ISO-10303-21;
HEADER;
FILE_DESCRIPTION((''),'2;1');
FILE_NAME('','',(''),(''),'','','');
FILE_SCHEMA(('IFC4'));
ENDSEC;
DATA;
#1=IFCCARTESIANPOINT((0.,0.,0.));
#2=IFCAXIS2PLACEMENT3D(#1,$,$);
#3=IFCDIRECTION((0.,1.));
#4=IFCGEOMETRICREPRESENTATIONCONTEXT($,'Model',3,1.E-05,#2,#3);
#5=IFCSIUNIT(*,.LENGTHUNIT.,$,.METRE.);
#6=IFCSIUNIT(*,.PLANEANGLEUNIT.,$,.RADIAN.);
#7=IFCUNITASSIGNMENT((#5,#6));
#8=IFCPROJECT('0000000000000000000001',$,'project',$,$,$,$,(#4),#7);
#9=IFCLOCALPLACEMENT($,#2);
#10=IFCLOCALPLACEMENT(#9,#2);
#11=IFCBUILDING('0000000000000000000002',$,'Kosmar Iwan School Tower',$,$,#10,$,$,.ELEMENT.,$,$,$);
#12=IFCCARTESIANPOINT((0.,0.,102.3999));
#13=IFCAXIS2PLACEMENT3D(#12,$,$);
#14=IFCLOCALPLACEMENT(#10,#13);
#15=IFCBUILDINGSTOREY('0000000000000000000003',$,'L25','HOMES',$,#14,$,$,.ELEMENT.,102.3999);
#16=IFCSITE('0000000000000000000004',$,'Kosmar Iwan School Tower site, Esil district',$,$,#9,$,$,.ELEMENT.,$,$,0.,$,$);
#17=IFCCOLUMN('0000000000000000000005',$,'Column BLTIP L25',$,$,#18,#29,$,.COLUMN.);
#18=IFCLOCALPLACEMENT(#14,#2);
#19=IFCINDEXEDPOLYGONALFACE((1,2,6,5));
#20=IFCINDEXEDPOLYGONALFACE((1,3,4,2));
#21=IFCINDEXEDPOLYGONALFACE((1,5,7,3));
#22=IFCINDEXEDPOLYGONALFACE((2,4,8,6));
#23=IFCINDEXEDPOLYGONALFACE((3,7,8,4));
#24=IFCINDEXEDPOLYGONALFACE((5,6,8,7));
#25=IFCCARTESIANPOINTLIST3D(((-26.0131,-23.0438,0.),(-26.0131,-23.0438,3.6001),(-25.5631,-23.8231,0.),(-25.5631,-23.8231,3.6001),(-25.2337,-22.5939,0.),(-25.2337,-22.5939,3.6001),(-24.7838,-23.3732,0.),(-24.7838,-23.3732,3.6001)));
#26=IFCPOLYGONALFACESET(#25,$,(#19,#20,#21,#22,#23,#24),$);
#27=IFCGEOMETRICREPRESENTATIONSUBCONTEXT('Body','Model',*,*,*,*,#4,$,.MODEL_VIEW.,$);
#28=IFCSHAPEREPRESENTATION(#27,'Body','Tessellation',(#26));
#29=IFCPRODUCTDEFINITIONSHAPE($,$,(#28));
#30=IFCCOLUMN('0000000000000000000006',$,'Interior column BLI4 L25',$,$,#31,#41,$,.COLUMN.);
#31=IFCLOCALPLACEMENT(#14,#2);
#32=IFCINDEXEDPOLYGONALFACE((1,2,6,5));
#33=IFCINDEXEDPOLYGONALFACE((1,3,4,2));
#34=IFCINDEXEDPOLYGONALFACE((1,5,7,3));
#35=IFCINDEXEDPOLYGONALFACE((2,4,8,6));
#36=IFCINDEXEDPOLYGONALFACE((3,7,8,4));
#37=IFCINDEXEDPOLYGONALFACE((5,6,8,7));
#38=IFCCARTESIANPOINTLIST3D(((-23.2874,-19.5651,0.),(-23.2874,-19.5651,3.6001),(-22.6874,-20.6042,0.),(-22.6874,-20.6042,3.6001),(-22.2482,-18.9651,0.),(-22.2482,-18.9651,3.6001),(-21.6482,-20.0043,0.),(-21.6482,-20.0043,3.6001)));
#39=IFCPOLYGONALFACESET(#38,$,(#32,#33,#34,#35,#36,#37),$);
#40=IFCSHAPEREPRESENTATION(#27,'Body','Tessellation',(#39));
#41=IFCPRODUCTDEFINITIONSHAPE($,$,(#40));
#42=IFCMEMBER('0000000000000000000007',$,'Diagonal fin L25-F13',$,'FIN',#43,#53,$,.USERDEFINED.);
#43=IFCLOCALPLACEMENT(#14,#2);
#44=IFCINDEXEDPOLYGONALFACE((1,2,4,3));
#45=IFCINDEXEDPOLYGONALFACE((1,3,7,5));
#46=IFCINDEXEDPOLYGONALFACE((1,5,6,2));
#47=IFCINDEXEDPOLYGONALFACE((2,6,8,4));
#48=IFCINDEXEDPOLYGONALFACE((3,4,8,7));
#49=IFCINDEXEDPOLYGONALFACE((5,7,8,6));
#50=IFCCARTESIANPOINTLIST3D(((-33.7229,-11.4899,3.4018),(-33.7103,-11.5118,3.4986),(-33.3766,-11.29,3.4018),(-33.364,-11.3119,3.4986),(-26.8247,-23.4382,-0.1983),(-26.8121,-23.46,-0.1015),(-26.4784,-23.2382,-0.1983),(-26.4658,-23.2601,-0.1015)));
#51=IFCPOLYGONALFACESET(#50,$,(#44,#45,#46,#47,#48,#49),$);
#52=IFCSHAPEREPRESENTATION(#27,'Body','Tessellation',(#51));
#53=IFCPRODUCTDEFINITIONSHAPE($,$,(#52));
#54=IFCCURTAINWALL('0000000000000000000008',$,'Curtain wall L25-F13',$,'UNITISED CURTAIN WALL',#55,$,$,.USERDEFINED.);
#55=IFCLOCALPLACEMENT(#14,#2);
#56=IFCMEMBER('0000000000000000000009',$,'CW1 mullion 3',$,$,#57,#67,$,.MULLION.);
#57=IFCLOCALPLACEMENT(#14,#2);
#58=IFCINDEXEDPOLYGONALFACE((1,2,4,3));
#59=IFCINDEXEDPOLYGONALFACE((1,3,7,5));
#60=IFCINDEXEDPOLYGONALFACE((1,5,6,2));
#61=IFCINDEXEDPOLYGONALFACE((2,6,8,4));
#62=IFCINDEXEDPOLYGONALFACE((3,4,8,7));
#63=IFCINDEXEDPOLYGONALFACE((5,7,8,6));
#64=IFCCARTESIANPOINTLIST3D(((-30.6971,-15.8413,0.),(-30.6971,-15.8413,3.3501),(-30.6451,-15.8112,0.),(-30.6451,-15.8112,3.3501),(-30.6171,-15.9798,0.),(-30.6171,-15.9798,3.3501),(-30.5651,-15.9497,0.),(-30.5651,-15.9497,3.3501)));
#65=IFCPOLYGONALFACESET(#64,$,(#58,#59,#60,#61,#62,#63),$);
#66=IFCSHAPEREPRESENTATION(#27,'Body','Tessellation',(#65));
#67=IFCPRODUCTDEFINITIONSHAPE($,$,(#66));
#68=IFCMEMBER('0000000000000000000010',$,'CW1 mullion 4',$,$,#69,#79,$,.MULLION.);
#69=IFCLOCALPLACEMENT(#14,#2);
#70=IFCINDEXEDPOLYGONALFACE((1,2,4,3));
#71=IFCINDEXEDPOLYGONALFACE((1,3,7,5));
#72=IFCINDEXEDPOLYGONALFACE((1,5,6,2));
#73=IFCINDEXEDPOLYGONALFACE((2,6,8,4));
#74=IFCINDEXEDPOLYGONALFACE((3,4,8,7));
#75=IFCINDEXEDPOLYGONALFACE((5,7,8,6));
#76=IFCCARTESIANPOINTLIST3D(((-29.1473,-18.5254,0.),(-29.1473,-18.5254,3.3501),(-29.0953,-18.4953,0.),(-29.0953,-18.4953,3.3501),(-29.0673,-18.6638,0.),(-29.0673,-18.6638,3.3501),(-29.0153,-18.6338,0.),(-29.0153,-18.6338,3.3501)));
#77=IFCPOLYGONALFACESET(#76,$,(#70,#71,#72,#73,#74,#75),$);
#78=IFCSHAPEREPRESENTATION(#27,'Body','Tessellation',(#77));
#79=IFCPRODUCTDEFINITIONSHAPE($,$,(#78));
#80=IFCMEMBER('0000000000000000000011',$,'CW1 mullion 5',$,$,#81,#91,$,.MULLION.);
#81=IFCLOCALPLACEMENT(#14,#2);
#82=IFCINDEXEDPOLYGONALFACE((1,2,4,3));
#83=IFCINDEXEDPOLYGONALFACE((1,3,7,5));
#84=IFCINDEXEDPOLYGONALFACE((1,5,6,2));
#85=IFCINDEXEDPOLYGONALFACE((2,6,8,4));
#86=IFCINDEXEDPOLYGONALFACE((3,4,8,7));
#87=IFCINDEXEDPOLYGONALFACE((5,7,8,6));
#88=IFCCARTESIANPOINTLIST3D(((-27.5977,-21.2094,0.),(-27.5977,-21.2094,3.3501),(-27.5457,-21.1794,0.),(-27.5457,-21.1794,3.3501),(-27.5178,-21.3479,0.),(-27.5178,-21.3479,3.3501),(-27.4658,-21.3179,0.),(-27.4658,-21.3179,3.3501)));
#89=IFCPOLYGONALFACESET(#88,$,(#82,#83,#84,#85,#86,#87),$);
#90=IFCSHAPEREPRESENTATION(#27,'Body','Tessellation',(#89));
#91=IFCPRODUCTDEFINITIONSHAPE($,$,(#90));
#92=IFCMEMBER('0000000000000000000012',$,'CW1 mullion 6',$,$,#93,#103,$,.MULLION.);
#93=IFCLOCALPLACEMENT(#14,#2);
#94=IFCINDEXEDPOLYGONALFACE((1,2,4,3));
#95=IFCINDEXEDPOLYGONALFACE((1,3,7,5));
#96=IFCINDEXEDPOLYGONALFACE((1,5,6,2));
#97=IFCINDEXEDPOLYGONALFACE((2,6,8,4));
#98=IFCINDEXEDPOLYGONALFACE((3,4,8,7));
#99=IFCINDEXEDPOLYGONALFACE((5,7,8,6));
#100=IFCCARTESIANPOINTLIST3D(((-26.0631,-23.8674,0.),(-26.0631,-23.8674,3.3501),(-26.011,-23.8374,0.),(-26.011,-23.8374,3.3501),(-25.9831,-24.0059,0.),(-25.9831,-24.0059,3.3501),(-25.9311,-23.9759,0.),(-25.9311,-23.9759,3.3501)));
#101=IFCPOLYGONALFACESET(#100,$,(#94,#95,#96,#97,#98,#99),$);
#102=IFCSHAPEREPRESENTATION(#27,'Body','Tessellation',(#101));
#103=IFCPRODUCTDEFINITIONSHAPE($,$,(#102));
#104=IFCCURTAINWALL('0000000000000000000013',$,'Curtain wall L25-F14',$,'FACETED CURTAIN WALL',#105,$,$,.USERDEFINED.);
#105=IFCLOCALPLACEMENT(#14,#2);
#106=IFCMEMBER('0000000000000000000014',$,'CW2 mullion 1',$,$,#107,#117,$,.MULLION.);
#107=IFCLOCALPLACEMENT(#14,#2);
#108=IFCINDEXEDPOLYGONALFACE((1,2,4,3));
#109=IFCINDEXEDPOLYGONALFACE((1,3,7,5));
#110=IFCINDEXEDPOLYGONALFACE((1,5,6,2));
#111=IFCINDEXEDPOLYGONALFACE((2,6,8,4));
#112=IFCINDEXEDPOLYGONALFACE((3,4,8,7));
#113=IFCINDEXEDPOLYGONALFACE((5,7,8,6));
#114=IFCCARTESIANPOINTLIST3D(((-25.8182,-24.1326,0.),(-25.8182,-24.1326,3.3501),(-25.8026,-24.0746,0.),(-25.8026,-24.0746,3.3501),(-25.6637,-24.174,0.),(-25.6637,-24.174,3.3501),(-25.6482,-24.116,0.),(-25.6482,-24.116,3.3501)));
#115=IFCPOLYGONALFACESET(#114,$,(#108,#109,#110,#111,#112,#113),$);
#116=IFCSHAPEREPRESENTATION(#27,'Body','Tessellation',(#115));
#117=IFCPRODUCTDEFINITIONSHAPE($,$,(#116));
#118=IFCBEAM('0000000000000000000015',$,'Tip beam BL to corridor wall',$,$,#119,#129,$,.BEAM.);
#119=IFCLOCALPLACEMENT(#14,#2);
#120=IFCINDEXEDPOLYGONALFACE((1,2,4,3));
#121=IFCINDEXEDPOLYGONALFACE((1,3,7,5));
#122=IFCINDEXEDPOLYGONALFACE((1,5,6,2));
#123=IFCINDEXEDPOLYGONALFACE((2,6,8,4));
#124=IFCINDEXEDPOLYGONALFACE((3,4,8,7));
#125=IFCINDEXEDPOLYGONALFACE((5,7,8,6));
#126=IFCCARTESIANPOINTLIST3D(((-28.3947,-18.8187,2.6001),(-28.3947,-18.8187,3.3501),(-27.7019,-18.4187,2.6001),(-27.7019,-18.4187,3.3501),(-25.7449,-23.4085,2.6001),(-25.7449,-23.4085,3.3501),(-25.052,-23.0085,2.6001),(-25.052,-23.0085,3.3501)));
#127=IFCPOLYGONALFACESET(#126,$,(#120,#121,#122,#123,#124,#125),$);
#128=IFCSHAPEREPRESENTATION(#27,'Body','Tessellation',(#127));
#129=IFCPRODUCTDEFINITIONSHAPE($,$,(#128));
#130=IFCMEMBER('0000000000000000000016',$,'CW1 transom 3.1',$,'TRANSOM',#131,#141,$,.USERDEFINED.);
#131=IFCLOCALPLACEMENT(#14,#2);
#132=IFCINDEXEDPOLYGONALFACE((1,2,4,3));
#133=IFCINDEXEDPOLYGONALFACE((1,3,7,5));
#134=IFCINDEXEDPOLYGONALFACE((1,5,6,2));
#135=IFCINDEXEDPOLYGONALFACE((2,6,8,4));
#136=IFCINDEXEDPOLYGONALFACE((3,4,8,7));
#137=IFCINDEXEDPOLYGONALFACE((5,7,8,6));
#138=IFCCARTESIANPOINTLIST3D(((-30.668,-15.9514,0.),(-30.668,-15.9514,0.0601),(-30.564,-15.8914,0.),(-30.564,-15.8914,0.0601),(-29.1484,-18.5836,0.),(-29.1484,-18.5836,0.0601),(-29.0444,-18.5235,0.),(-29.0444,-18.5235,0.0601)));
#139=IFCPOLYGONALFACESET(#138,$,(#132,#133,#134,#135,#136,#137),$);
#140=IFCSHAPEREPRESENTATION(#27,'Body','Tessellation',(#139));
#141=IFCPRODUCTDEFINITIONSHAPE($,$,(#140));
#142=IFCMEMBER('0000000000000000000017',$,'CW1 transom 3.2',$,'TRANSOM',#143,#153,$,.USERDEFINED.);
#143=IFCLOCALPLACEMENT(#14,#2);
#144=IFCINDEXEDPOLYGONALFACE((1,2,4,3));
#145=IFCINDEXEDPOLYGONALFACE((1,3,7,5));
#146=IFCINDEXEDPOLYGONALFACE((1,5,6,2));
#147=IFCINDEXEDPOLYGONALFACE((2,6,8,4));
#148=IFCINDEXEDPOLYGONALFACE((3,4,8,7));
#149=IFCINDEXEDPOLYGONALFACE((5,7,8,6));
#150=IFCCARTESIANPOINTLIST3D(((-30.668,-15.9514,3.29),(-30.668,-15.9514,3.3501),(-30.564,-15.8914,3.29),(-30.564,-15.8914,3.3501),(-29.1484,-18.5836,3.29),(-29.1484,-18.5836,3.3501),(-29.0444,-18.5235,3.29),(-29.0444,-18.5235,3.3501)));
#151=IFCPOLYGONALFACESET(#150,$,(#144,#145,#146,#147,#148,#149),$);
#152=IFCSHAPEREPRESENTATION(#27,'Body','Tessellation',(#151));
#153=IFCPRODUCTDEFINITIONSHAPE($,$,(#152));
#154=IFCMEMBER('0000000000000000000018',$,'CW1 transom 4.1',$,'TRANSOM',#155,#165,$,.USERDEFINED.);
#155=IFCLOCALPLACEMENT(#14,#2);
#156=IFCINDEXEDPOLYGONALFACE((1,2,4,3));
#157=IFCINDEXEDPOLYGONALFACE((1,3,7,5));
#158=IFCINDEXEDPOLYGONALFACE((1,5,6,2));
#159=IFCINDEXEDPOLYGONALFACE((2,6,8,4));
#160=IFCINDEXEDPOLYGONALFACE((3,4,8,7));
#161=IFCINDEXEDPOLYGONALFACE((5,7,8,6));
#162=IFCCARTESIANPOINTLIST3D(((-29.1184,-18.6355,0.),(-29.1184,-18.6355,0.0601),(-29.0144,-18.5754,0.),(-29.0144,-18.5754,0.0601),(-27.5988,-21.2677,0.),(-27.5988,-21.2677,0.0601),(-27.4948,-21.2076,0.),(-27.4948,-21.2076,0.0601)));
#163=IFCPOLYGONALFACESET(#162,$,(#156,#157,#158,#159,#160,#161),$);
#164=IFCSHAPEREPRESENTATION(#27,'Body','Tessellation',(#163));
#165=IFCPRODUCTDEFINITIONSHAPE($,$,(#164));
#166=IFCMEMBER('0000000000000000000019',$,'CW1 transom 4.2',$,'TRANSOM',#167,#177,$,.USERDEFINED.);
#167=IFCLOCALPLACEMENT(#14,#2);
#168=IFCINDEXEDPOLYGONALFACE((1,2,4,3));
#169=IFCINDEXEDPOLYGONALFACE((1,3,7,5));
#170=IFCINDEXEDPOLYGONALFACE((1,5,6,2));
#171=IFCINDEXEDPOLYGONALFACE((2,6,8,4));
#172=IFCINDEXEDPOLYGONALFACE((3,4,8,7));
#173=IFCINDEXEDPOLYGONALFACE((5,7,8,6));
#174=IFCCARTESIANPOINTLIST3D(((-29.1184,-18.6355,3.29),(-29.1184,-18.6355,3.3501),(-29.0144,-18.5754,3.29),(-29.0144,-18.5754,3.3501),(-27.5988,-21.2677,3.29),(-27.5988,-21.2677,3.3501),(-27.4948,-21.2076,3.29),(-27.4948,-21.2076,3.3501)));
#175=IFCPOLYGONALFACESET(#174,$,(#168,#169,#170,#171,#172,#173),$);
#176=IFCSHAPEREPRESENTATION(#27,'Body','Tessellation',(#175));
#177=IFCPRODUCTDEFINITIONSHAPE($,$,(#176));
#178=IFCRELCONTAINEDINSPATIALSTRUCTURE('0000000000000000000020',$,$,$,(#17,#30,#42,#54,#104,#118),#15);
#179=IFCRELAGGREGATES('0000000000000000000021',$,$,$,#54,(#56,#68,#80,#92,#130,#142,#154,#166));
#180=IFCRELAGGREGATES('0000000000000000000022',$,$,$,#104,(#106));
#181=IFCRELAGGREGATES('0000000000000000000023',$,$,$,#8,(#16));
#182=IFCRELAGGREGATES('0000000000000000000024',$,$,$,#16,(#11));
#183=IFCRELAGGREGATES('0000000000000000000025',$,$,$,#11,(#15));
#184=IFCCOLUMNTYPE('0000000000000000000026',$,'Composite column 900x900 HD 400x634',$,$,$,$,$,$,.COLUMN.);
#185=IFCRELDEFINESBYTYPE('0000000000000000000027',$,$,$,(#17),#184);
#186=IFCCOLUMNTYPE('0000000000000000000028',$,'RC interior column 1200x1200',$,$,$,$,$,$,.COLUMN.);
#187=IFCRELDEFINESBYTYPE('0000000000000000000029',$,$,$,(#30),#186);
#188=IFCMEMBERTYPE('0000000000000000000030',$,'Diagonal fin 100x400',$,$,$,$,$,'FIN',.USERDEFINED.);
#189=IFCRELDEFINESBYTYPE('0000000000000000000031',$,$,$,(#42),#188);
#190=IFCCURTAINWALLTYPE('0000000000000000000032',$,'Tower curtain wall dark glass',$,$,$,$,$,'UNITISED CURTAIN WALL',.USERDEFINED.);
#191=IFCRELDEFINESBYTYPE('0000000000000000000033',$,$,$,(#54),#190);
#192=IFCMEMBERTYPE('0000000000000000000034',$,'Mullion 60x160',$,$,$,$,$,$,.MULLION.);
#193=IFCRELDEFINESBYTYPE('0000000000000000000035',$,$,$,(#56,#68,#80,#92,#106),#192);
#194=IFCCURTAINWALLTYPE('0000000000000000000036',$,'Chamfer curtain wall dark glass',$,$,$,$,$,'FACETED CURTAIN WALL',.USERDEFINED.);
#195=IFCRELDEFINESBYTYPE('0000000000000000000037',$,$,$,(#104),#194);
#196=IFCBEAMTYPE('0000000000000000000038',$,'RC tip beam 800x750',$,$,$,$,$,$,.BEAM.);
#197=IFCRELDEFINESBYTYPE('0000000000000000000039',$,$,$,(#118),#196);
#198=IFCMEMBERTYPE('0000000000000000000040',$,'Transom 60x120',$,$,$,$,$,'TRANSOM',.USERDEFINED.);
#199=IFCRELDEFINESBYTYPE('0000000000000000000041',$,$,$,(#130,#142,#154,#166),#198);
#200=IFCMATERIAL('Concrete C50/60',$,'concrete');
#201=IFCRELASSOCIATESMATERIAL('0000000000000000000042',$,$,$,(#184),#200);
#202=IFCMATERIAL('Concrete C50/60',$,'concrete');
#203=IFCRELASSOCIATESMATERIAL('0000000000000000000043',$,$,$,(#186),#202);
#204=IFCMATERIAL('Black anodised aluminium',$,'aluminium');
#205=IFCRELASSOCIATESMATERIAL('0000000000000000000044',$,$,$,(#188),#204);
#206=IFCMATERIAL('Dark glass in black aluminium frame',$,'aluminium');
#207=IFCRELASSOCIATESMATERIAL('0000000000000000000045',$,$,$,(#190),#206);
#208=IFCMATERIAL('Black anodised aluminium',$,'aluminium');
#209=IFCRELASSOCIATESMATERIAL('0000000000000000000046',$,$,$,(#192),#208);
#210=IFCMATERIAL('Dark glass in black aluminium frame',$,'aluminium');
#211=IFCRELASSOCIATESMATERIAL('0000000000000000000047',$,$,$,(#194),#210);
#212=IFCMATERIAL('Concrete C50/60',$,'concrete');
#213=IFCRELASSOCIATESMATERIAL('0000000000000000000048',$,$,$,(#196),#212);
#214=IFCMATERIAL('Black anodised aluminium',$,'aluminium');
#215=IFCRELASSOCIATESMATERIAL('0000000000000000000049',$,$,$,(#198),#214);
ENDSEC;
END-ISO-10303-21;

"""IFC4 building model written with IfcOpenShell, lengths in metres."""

from ifc_helpers import new_model, si_unit, direction, frame, origin, origin_2d, place, context, subcontext, project, spatial, rectangle, extrude, material, material_profile, profile_set, type_object, element, aggregate, save


model = new_model("IFC4")

# Units and contexts
model_context = context("Model", 3, precision=1e-05, world=origin(), true_north=direction((0.0, 1.0)))
body_context = subcontext(model_context, "Body", "Model", "MODEL_VIEW")
ifc_project = project(units=[si_unit("LENGTHUNIT", "METRE"), si_unit("PLANEANGLEUNIT", "RADIAN")], contexts=[model_context])

# Site, building, storey
site_placement = place(None, origin())
site = spatial("IfcSite", under=ifc_project, at=site_placement, Name="Kosmar Iwan School Tower site, Esil district", CompositionType="ELEMENT", RefElevation=0.0)
building_placement = place(site_placement, origin())
building = spatial("IfcBuilding", under=site, at=building_placement, Name="Kosmar Iwan School Tower", CompositionType="ELEMENT")
storey_placement = place(building_placement, frame((0.0, 0.0, 102.3999)))
storey = spatial("IfcBuildingStorey", under=building, at=storey_placement, Name="L25", Description="HOMES", CompositionType="ELEMENT", Elevation=102.3999)

# Columns
ifc_material_1 = material(Name="Concrete C50/60", Category="concrete")
ifc_material_profile_1 = material_profile(ifc_material_1, rectangle(XDim=0.8999, YDim=0.8999, at=origin_2d()), Name="RC 900x900 + HD 400x634")
ifc_profile_set_1 = profile_set([ifc_material_profile_1], Name="Concrete C50/60")
column_type_1 = type_object("IfcColumnType", Name="Composite column 900x900 HD 400x634", PredefinedType="COLUMN", material=ifc_profile_set_1)
column_1_placement = place(storey_placement, frame((-25.3984, -23.2085, 0.0), z_axis=(0.0, 0.0, 1.0), x_axis=(-0.866025, -0.5, 0.0)))
element("IfcColumn", 1, at=column_1_placement, inside=storey, type_object=column_type_1, Name="Column BLTIP L25", PredefinedType="COLUMN", context=body_context, shape_type="SweptSolid", body=[
    extrude(rectangle(XDim=0.8999, YDim=0.8999, at=origin_2d()), origin(), (0.0, 0.0, 1.0), 3.6001),
])
ifc_material_2 = material(Name="Concrete C50/60", Category="concrete")
ifc_material_profile_2 = material_profile(ifc_material_2, rectangle(XDim=1.2, YDim=1.2, at=origin_2d()), Name="RC 1200x1200")
ifc_profile_set_2 = profile_set([ifc_material_profile_2], Name="Concrete C50/60")
column_type_2 = type_object("IfcColumnType", Name="RC interior column 1200x1200", PredefinedType="COLUMN", material=ifc_profile_set_2)
column_2_placement = place(storey_placement, frame((-22.4678, -19.7847, 0.0), z_axis=(0.0, 0.0, 1.0), x_axis=(-0.866025, -0.5, 0.0)))
element("IfcColumn", 2, at=column_2_placement, inside=storey, type_object=column_type_2, Name="Interior column BLI4 L25", PredefinedType="COLUMN", context=body_context, shape_type="SweptSolid", body=[
    extrude(rectangle(XDim=1.2, YDim=1.2, at=origin_2d()), origin(), (0.0, 0.0, 1.0), 3.6001),
])

# Member
ifc_material_3 = material(Name="Black anodised aluminium", Category="aluminium")
ifc_material_profile_3 = material_profile(ifc_material_3, rectangle(XDim=0.1001, YDim=0.3999, at=origin_2d()), Name="FIN 100x400")
ifc_profile_set_3 = profile_set([ifc_material_profile_3], Name="Black anodised aluminium")
member_type_1 = type_object("IfcMemberType", Name="Diagonal fin 100x400", ElementType="FIN", PredefinedType="USERDEFINED", material=ifc_profile_set_3)
member_1_placement = place(storey_placement, frame((-26.6453, -23.3491, -0.1499), z_axis=(-0.483793, 0.83797, 0.252487), x_axis=(0.126242, -0.218661, 0.9676)))
element("IfcMember", 3, at=member_1_placement, inside=storey, type_object=member_type_1, Name="Diagonal fin L25-F13", ObjectType="FIN", PredefinedType="USERDEFINED", context=body_context, shape_type="SweptSolid", body=[
    extrude(rectangle(XDim=0.1001, YDim=0.3999, at=origin_2d()), origin(), (0.0, 0.0, 1.0), 14.2585),
])

# Curtain wall, members
ifc_material_4 = material(Name="Dark glass in black aluminium frame", Category="aluminium")
curtain_wall_type_1 = type_object("IfcCurtainWallType", Name="Tower curtain wall dark glass", ElementType="UNITISED CURTAIN WALL", PredefinedType="USERDEFINED", material=ifc_material_4)
curtain_wall_1_placement = place(storey_placement, origin())
curtain_wall_1 = element("IfcCurtainWall", 4, at=curtain_wall_1_placement, inside=storey, type_object=curtain_wall_type_1, Name="Curtain wall L25-F13", ObjectType="UNITISED CURTAIN WALL", PredefinedType="USERDEFINED")
ifc_material_5 = material(Name="Black anodised aluminium", Category="aluminium")
ifc_material_profile_4 = material_profile(ifc_material_5, rectangle(XDim=0.0601, YDim=0.1599, at=origin_2d()), Name="MULLION 60x160")
ifc_profile_set_4 = profile_set([ifc_material_profile_4], Name="Black anodised aluminium")
member_type_2 = type_object("IfcMemberType", Name="Mullion 60x160", PredefinedType="MULLION", material=ifc_profile_set_4)
member_2_placement = place(storey_placement, frame((-30.6311, -15.8955, 0.0), z_axis=(0.0, 0.0, 1.0), x_axis=(0.866025, 0.5, 0.0)))
member_2 = element("IfcMember", 5, at=member_2_placement, type_object=member_type_2, Name="CW1 mullion 3", PredefinedType="MULLION", context=body_context, shape_type="SweptSolid", body=[
    extrude(rectangle(XDim=0.0601, YDim=0.1599, at=origin_2d()), origin(), (0.0, 0.0, 1.0), 3.3501),
])
member_3_placement = place(storey_placement, frame((-29.0813, -18.5796, 0.0), z_axis=(0.0, 0.0, 1.0), x_axis=(0.866025, 0.5, 0.0)))
member_3 = element("IfcMember", 6, at=member_3_placement, type_object=member_type_2, Name="CW1 mullion 4", PredefinedType="MULLION", context=body_context, shape_type="SweptSolid", body=[
    extrude(rectangle(XDim=0.0601, YDim=0.1599, at=origin_2d()), origin(), (0.0, 0.0, 1.0), 3.3501),
])
member_4_placement = place(storey_placement, frame((-27.5317, -21.2637, 0.0), z_axis=(0.0, 0.0, 1.0), x_axis=(0.866025, 0.5, 0.0)))
member_4 = element("IfcMember", 7, at=member_4_placement, type_object=member_type_2, Name="CW1 mullion 5", PredefinedType="MULLION", context=body_context, shape_type="SweptSolid", body=[
    extrude(rectangle(XDim=0.0601, YDim=0.1599, at=origin_2d()), origin(), (0.0, 0.0, 1.0), 3.3501),
])
member_5_placement = place(storey_placement, frame((-25.9971, -23.9216, 0.0), z_axis=(0.0, 0.0, 1.0), x_axis=(0.866025, 0.5, 0.0)))
member_5 = element("IfcMember", 8, at=member_5_placement, type_object=member_type_2, Name="CW1 mullion 6", PredefinedType="MULLION", context=body_context, shape_type="SweptSolid", body=[
    extrude(rectangle(XDim=0.0601, YDim=0.1599, at=origin_2d()), origin(), (0.0, 0.0, 1.0), 3.3501),
])

# Curtain wall, member
ifc_material_6 = material(Name="Dark glass in black aluminium frame", Category="aluminium")
curtain_wall_type_2 = type_object("IfcCurtainWallType", Name="Chamfer curtain wall dark glass", ElementType="FACETED CURTAIN WALL", PredefinedType="USERDEFINED", material=ifc_material_6)
curtain_wall_2_placement = place(storey_placement, origin())
curtain_wall_2 = element("IfcCurtainWall", 9, at=curtain_wall_2_placement, inside=storey, type_object=curtain_wall_type_2, Name="Curtain wall L25-F14", ObjectType="FACETED CURTAIN WALL", PredefinedType="USERDEFINED")
member_6_placement = place(storey_placement, frame((-25.7332, -24.1243, 0.0), z_axis=(0.0, 0.0, 1.0), x_axis=(0.258819, 0.965926, 0.0)))
member_6 = element("IfcMember", 10, at=member_6_placement, type_object=member_type_2, Name="CW2 mullion 1", PredefinedType="MULLION", context=body_context, shape_type="SweptSolid", body=[
    extrude(rectangle(XDim=0.0601, YDim=0.1599, at=origin_2d()), origin(), (0.0, 0.0, 1.0), 3.3501),
])

# Beam
ifc_material_7 = material(Name="Concrete C50/60", Category="concrete")
ifc_material_profile_5 = material_profile(ifc_material_7, rectangle(XDim=0.8, YDim=0.75, at=origin_2d()), Name="RC 800x750")
ifc_profile_set_5 = profile_set([ifc_material_profile_5], Name="Concrete C50/60")
beam_type = type_object("IfcBeamType", Name="RC tip beam 800x750", PredefinedType="BEAM", material=ifc_profile_set_5)
beam_placement = place(storey_placement, frame((-25.3984, -23.2085, 2.9751), z_axis=(-0.499994, 0.866029, 0.0), x_axis=(-0.866029, -0.499994, 0.0)))
element("IfcBeam", 11, at=beam_placement, inside=storey, type_object=beam_type, Name="Tip beam BL to corridor wall", PredefinedType="BEAM", context=body_context, shape_type="SweptSolid", body=[
    extrude(rectangle(XDim=0.8, YDim=0.75, at=origin_2d()), origin(), (0.0, 0.0, 1.0), 5.2998),
])

# Members
ifc_material_8 = material(Name="Black anodised aluminium", Category="aluminium")
ifc_material_profile_6 = material_profile(ifc_material_8, rectangle(XDim=0.1201, YDim=0.0601, at=origin_2d()), Name="TRANSOM 60x120")
ifc_profile_set_6 = profile_set([ifc_material_profile_6], Name="Black anodised aluminium")
member_type_3 = type_object("IfcMemberType", Name="Transom 60x120", ElementType="TRANSOM", PredefinedType="USERDEFINED", material=ifc_profile_set_6)
member_7_placement = place(storey_placement, frame((-30.616, -15.9214, 0.03), z_axis=(0.499975, -0.86604, 0.0), x_axis=(0.86604, 0.499975, 0.0)))
member_7 = element("IfcMember", 12, at=member_7_placement, type_object=member_type_3, Name="CW1 transom 3.1", ObjectType="TRANSOM", PredefinedType="USERDEFINED", context=body_context, shape_type="SweptSolid", body=[
    extrude(rectangle(XDim=0.1201, YDim=0.0601, at=origin_2d()), origin(), (0.0, 0.0, 1.0), 3.0393),
])
member_8_placement = place(storey_placement, frame((-30.616, -15.9214, 3.3201), z_axis=(0.499975, -0.86604, 0.0), x_axis=(0.86604, 0.499975, 0.0)))
member_8 = element("IfcMember", 13, at=member_8_placement, type_object=member_type_3, Name="CW1 transom 3.2", ObjectType="TRANSOM", PredefinedType="USERDEFINED", context=body_context, shape_type="SweptSolid", body=[
    extrude(rectangle(XDim=0.1201, YDim=0.0601, at=origin_2d()), origin(), (0.0, 0.0, 1.0), 3.0393),
])
member_9_placement = place(storey_placement, frame((-29.0664, -18.6055, 0.03), z_axis=(0.499975, -0.86604, 0.0), x_axis=(0.86604, 0.499975, 0.0)))
member_9 = element("IfcMember", 14, at=member_9_placement, type_object=member_type_3, Name="CW1 transom 4.1", ObjectType="TRANSOM", PredefinedType="USERDEFINED", context=body_context, shape_type="SweptSolid", body=[
    extrude(rectangle(XDim=0.1201, YDim=0.0601, at=origin_2d()), origin(), (0.0, 0.0, 1.0), 3.0393),
])
member_10_placement = place(storey_placement, frame((-29.0664, -18.6055, 3.3201), z_axis=(0.499975, -0.86604, 0.0), x_axis=(0.86604, 0.499975, 0.0)))
member_10 = element("IfcMember", 15, at=member_10_placement, type_object=member_type_3, Name="CW1 transom 4.2", ObjectType="TRANSOM", PredefinedType="USERDEFINED", context=body_context, shape_type="SweptSolid", body=[
    extrude(rectangle(XDim=0.1201, YDim=0.0601, at=origin_2d()), origin(), (0.0, 0.0, 1.0), 3.0393),
])

aggregate(curtain_wall_1, [member_2, member_3, member_4, member_5, member_7, member_8, member_9, member_10])
aggregate(curtain_wall_2, [member_6])

save(model, "model.ifc")
